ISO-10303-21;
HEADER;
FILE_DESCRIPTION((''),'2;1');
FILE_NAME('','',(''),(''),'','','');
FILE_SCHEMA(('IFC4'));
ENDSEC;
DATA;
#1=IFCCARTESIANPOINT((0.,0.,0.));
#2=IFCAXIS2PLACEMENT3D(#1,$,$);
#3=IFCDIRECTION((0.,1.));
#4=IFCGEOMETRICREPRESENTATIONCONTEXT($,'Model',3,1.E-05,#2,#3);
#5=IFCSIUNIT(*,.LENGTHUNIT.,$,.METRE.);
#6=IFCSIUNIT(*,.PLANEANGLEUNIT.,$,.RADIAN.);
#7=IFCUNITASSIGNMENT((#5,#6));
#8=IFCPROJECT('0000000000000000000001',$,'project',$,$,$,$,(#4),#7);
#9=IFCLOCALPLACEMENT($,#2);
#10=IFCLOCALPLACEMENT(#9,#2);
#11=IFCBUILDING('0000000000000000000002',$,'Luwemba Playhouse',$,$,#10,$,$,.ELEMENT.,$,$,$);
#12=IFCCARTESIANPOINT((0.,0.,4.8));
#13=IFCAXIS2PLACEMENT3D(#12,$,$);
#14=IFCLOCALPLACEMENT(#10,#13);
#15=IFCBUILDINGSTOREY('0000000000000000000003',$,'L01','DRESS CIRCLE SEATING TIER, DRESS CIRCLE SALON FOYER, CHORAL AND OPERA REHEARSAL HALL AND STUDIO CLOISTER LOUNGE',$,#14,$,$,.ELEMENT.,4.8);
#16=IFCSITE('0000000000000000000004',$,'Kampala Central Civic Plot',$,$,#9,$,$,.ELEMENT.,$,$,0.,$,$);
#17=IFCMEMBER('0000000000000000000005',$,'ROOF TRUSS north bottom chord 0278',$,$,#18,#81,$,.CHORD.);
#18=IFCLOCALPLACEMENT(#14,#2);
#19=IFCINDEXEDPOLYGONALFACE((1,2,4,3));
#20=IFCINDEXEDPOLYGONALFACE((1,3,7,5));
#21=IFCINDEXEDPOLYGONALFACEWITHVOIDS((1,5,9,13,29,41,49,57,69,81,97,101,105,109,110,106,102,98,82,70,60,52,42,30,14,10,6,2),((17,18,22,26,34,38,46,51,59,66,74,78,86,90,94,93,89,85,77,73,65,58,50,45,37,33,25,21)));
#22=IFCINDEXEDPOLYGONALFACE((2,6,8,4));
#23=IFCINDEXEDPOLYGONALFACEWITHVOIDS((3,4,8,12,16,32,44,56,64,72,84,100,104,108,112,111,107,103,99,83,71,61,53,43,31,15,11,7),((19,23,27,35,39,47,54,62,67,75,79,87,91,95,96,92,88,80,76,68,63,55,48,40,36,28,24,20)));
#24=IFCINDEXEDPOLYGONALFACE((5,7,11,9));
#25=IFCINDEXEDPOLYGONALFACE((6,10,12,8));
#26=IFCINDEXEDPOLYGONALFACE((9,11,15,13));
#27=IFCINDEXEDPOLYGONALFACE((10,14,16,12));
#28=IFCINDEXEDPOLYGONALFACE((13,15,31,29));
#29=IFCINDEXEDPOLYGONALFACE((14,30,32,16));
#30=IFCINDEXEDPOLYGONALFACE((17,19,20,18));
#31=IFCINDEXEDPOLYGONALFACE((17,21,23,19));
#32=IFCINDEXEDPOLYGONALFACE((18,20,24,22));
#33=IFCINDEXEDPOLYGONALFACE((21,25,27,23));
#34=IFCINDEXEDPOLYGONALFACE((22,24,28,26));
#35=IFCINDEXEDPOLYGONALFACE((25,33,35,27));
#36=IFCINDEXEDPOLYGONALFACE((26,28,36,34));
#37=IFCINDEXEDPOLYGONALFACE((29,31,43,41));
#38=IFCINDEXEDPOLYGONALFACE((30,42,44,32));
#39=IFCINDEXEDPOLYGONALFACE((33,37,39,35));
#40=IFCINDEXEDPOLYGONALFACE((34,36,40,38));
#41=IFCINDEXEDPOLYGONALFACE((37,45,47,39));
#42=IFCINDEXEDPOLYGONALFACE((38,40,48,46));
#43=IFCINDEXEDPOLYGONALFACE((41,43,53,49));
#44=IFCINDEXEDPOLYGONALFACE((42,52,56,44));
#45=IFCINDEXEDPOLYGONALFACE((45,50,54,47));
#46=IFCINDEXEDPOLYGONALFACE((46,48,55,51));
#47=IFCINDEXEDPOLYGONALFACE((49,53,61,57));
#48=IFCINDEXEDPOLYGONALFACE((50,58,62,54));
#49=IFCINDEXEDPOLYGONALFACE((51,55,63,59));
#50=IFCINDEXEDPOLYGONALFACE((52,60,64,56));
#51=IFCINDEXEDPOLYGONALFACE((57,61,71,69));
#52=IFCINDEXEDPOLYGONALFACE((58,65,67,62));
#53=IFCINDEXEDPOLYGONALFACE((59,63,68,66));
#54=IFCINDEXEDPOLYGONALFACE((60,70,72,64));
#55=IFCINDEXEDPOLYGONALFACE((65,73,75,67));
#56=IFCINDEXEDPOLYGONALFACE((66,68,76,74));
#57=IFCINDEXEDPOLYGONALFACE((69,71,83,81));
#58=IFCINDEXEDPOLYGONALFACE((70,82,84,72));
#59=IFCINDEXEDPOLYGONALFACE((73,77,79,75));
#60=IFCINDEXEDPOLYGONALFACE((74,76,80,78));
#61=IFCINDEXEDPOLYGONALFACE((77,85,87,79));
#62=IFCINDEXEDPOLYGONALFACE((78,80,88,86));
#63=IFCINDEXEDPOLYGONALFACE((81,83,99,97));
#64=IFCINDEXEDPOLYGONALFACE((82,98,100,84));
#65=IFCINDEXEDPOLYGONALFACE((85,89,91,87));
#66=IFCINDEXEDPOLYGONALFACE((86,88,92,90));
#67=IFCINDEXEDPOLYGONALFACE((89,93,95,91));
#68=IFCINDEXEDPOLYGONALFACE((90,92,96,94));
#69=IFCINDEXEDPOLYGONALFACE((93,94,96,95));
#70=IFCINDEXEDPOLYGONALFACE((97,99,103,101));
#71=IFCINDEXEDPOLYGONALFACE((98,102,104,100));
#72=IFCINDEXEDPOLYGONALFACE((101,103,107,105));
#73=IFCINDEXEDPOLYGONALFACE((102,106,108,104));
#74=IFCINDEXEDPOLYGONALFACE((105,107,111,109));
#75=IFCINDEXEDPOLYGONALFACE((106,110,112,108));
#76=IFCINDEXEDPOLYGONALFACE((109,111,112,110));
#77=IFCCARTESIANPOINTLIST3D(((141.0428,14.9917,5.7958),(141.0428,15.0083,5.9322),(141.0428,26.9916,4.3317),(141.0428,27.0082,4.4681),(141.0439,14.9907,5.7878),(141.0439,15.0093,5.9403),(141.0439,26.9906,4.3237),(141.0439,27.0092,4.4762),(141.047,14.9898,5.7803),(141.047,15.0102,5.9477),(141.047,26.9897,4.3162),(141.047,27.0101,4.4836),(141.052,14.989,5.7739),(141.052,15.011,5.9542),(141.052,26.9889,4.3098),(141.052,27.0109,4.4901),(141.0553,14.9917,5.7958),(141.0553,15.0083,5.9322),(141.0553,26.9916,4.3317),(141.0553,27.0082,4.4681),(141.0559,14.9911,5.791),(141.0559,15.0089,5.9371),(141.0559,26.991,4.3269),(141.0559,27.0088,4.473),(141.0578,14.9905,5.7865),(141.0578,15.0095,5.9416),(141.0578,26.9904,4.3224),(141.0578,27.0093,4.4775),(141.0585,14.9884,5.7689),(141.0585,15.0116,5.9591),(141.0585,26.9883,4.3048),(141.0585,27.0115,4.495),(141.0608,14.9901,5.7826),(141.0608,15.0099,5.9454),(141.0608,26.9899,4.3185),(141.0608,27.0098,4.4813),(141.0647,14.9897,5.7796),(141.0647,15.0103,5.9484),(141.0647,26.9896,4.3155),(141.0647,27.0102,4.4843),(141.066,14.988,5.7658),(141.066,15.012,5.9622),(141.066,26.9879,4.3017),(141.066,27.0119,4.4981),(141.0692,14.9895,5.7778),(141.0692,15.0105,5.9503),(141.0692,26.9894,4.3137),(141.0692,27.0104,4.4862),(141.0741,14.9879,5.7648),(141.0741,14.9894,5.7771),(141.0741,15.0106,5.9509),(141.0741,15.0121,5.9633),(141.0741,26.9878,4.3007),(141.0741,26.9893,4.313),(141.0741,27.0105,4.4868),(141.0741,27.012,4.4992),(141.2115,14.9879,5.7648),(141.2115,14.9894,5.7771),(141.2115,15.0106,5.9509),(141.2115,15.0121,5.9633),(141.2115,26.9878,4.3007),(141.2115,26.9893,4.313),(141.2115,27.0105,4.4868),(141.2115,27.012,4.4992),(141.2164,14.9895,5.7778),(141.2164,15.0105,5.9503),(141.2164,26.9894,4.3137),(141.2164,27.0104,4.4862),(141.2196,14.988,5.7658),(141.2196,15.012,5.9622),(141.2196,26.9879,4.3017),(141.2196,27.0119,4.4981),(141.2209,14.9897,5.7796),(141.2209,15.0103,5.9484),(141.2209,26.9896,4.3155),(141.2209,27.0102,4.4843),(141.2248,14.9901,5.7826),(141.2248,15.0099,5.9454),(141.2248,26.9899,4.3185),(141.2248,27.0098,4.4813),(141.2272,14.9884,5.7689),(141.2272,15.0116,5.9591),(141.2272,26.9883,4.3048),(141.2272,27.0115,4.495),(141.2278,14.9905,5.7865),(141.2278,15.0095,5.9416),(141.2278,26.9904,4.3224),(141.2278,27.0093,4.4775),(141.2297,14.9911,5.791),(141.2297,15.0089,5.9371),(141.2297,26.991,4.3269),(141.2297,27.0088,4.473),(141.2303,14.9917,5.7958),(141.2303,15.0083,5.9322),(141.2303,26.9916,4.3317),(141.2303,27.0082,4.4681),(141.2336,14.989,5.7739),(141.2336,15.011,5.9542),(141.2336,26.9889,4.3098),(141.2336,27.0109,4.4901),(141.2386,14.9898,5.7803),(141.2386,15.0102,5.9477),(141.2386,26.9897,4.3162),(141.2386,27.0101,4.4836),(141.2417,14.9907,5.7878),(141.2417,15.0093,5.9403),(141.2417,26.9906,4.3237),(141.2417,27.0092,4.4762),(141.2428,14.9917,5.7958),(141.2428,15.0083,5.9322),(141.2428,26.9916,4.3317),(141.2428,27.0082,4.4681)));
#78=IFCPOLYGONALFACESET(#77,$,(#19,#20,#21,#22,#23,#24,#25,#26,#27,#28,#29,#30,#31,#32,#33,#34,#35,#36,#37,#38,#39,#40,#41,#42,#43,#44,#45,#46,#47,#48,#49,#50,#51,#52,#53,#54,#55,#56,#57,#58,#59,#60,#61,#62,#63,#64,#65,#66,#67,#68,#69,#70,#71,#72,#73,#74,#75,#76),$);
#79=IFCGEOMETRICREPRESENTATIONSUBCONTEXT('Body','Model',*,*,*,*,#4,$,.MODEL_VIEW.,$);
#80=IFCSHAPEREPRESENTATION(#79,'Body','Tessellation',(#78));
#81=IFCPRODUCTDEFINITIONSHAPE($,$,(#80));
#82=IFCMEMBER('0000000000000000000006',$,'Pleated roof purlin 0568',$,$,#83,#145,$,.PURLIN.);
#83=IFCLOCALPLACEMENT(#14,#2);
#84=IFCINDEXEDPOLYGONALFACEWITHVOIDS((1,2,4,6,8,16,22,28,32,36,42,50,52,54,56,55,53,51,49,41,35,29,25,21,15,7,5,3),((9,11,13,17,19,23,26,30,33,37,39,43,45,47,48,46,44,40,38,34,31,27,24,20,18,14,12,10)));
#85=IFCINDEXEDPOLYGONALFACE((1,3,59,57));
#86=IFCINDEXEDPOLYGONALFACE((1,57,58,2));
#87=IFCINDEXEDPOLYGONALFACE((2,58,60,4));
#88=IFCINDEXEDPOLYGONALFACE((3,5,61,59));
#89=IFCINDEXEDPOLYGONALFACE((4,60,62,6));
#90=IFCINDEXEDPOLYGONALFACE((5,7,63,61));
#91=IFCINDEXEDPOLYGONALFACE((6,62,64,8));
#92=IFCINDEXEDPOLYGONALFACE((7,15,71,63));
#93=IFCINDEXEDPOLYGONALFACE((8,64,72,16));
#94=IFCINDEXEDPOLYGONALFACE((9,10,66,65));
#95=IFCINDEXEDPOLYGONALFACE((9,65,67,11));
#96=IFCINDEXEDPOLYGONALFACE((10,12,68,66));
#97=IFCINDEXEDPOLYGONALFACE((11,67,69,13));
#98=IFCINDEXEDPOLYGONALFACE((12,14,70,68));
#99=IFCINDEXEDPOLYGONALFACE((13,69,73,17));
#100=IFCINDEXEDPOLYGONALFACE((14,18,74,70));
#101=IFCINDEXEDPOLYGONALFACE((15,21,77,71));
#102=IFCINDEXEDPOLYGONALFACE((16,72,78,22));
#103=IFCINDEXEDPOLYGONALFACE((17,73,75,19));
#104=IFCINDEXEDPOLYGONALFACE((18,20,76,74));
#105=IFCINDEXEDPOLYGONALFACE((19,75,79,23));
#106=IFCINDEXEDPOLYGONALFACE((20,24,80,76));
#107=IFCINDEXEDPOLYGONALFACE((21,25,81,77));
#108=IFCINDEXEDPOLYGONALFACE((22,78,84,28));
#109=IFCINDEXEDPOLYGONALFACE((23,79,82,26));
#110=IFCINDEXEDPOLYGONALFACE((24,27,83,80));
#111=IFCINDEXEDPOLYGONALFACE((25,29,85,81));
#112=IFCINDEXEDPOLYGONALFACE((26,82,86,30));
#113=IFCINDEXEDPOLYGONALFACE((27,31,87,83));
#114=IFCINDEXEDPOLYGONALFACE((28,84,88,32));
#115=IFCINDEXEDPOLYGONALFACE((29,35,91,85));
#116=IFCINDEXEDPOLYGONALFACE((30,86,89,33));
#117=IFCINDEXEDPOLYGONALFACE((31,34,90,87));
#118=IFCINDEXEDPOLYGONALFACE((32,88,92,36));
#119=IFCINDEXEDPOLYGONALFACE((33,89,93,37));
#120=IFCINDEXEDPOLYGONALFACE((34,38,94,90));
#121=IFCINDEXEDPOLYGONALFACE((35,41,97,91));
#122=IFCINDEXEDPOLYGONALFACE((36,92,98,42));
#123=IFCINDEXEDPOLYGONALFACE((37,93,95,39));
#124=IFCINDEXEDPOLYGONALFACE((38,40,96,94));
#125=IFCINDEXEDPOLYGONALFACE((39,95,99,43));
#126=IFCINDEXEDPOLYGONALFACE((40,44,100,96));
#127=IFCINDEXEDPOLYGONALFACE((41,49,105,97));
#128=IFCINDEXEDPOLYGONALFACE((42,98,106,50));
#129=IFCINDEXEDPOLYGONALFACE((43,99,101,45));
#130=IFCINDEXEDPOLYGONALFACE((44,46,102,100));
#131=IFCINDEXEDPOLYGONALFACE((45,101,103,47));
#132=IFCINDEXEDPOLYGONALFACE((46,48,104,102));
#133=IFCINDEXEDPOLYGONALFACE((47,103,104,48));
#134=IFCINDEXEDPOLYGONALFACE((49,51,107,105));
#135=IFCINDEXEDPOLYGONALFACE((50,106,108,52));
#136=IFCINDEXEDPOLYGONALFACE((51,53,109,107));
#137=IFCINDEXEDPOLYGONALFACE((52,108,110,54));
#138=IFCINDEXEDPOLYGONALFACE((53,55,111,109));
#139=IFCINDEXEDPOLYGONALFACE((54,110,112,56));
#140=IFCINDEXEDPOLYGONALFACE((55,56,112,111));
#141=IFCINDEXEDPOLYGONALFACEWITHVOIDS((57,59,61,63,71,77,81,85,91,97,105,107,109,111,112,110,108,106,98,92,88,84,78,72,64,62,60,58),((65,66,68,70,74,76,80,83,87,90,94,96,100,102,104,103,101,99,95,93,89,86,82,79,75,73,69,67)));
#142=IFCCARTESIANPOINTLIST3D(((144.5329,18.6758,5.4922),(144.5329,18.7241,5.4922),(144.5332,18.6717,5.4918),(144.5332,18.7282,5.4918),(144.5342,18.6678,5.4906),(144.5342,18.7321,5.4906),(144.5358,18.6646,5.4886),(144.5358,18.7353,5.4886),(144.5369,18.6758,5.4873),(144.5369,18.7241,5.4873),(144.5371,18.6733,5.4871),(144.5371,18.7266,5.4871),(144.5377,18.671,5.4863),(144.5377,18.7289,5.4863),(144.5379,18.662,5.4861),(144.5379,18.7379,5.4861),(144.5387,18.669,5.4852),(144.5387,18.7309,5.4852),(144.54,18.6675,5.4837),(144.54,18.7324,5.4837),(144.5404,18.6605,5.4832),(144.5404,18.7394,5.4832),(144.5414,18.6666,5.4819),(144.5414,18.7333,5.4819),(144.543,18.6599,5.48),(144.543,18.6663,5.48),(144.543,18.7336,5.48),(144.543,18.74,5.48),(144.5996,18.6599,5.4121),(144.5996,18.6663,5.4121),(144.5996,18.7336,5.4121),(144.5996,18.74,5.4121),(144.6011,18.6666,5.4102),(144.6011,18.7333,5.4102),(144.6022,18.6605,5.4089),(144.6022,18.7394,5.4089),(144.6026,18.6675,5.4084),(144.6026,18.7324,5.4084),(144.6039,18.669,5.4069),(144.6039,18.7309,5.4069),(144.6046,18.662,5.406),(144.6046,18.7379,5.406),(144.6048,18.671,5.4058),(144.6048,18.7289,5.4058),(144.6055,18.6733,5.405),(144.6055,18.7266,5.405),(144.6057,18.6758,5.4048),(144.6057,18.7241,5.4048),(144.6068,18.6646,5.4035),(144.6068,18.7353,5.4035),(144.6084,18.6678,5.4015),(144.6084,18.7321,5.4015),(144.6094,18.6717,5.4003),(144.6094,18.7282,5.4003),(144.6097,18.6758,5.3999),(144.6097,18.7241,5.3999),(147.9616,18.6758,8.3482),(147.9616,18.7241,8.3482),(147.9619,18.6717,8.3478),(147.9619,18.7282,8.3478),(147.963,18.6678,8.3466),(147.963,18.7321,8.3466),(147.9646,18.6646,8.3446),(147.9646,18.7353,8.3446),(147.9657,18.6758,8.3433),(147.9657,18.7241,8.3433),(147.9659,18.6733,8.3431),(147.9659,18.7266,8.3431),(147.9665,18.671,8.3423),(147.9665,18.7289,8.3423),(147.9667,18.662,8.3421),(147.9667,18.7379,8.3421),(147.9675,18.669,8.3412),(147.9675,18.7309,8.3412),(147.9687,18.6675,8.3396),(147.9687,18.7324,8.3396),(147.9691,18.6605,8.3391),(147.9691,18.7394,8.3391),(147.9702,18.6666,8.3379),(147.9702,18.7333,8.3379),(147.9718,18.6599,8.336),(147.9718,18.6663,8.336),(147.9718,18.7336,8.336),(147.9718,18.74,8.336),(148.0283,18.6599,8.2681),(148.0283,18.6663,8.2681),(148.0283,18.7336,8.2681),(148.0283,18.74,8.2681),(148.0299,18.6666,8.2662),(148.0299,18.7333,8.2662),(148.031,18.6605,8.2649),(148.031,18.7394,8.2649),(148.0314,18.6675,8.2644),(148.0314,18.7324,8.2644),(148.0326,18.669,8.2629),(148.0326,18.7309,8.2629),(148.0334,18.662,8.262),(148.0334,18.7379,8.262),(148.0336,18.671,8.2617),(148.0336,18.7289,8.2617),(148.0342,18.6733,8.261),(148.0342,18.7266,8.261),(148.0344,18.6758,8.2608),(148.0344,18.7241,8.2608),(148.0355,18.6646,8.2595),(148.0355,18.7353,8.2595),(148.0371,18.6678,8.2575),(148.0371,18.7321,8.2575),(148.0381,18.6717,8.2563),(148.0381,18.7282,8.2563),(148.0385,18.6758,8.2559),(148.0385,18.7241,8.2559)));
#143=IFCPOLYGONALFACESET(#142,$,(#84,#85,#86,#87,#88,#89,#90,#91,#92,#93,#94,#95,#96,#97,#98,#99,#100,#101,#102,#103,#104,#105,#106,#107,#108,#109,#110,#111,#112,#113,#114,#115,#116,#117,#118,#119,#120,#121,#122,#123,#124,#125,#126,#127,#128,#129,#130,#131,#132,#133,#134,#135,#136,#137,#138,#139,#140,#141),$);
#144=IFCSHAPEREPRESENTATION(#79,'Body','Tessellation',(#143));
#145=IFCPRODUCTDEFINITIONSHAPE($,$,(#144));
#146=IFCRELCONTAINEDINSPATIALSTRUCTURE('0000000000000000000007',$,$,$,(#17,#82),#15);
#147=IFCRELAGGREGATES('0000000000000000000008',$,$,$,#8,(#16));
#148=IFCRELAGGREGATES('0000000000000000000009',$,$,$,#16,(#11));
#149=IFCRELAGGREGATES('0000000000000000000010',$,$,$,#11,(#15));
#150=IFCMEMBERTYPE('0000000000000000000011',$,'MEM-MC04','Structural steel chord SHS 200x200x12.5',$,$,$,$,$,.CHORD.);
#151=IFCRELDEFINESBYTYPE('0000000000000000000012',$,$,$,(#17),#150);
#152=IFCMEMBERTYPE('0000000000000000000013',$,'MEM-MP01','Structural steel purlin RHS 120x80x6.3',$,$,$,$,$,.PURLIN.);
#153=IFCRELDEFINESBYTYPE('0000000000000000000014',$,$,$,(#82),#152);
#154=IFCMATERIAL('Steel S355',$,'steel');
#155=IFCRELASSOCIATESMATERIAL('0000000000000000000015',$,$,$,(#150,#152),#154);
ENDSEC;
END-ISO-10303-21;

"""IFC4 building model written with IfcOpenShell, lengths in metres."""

from ifc_helpers import new_model, si_unit, direction, frame, origin, origin_2d, place, context, subcontext, project, spatial, hollow_rectangle, extrude, material, material_profile, profile_set, type_object, element, save


model = new_model("IFC4")

# Units and contexts
model_context = context("Model", 3, precision=1e-05, world=origin(), true_north=direction((0.0, 1.0)))
body_context = subcontext(model_context, "Body", "Model", "MODEL_VIEW")
ifc_project = project(units=[si_unit("LENGTHUNIT", "METRE"), si_unit("PLANEANGLEUNIT", "RADIAN")], contexts=[model_context])

# Site, building, storey
site_placement = place(None, origin())
site = spatial("IfcSite", under=ifc_project, at=site_placement, Name="Kampala Central Civic Plot", CompositionType="ELEMENT", RefElevation=0.0)
building_placement = place(site_placement, origin())
building = spatial("IfcBuilding", under=site, at=building_placement, Name="Luwemba Playhouse", CompositionType="ELEMENT")
storey_placement = place(building_placement, frame((0.0, 0.0, 4.8)))
storey = spatial("IfcBuildingStorey", under=building, at=storey_placement, Name="L01", Description="DRESS CIRCLE SEATING TIER, DRESS CIRCLE SALON FOYER, CHORAL AND OPERA REHEARSAL HALL AND STUDIO CLOISTER LOUNGE", CompositionType="ELEMENT", Elevation=4.8)

# Shared definitions
ifc_material_1 = material(Name="Steel S355", Category="steel")

# Members
ifc_material_profile_1 = material_profile(ifc_material_1, hollow_rectangle(XDim=0.2, YDim=0.2, WallThickness=0.0125, InnerFilletRadius=0.0188, OuterFilletRadius=0.0312, at=origin_2d()))
ifc_profile_set_1 = profile_set([ifc_material_profile_1], Name="Steel S355")
member_type_1 = type_object("IfcMemberType", Name="MEM-MC04", Description="Structural steel chord SHS 200x200x12.5", PredefinedType="CHORD", material=ifc_profile_set_1)
member_1_placement = place(storey_placement, frame((141.1428, 15.0, 5.864), z_axis=(0.0, 0.992639, -0.121111), x_axis=(-1.0, 0.0, 0.0)))
element("IfcMember", 1, at=member_1_placement, inside=storey, type_object=member_type_1, Name="ROOF TRUSS north bottom chord 0278", PredefinedType="CHORD", context=body_context, shape_type="SweptSolid", body=[
    extrude(hollow_rectangle(XDim=0.2, YDim=0.2, WallThickness=0.0125, InnerFilletRadius=0.0188, OuterFilletRadius=0.0312, at=origin_2d()), origin(), (0.0, 0.0, 1.0), 12.0889),
])
ifc_material_profile_2 = material_profile(ifc_material_1, hollow_rectangle(XDim=0.0801, YDim=0.1201, WallThickness=0.0063, InnerFilletRadius=0.0095, OuterFilletRadius=0.0159, at=origin_2d()))
ifc_profile_set_2 = profile_set([ifc_material_profile_2], Name="Steel S355")
member_type_2 = type_object("IfcMemberType", Name="MEM-MP01", Description="Structural steel purlin RHS 120x80x6.3", PredefinedType="PURLIN", material=ifc_profile_set_2)
member_2_placement = place(storey_placement, frame((144.5713, 18.7, 5.446), z_axis=(0.768365, 0.0, 0.640012), x_axis=(0.0, 1.0, 0.0)))
element("IfcMember", 2, at=member_2_placement, inside=storey, type_object=member_type_2, Name="Pleated roof purlin 0568", PredefinedType="PURLIN", context=body_context, shape_type="SweptSolid", body=[
    extrude(hollow_rectangle(XDim=0.0801, YDim=0.1201, WallThickness=0.0063, InnerFilletRadius=0.0095, OuterFilletRadius=0.0159, at=origin_2d()), origin(), (0.0, 0.0, 1.0), 4.4624),
])

save(model, "model.ifc")
